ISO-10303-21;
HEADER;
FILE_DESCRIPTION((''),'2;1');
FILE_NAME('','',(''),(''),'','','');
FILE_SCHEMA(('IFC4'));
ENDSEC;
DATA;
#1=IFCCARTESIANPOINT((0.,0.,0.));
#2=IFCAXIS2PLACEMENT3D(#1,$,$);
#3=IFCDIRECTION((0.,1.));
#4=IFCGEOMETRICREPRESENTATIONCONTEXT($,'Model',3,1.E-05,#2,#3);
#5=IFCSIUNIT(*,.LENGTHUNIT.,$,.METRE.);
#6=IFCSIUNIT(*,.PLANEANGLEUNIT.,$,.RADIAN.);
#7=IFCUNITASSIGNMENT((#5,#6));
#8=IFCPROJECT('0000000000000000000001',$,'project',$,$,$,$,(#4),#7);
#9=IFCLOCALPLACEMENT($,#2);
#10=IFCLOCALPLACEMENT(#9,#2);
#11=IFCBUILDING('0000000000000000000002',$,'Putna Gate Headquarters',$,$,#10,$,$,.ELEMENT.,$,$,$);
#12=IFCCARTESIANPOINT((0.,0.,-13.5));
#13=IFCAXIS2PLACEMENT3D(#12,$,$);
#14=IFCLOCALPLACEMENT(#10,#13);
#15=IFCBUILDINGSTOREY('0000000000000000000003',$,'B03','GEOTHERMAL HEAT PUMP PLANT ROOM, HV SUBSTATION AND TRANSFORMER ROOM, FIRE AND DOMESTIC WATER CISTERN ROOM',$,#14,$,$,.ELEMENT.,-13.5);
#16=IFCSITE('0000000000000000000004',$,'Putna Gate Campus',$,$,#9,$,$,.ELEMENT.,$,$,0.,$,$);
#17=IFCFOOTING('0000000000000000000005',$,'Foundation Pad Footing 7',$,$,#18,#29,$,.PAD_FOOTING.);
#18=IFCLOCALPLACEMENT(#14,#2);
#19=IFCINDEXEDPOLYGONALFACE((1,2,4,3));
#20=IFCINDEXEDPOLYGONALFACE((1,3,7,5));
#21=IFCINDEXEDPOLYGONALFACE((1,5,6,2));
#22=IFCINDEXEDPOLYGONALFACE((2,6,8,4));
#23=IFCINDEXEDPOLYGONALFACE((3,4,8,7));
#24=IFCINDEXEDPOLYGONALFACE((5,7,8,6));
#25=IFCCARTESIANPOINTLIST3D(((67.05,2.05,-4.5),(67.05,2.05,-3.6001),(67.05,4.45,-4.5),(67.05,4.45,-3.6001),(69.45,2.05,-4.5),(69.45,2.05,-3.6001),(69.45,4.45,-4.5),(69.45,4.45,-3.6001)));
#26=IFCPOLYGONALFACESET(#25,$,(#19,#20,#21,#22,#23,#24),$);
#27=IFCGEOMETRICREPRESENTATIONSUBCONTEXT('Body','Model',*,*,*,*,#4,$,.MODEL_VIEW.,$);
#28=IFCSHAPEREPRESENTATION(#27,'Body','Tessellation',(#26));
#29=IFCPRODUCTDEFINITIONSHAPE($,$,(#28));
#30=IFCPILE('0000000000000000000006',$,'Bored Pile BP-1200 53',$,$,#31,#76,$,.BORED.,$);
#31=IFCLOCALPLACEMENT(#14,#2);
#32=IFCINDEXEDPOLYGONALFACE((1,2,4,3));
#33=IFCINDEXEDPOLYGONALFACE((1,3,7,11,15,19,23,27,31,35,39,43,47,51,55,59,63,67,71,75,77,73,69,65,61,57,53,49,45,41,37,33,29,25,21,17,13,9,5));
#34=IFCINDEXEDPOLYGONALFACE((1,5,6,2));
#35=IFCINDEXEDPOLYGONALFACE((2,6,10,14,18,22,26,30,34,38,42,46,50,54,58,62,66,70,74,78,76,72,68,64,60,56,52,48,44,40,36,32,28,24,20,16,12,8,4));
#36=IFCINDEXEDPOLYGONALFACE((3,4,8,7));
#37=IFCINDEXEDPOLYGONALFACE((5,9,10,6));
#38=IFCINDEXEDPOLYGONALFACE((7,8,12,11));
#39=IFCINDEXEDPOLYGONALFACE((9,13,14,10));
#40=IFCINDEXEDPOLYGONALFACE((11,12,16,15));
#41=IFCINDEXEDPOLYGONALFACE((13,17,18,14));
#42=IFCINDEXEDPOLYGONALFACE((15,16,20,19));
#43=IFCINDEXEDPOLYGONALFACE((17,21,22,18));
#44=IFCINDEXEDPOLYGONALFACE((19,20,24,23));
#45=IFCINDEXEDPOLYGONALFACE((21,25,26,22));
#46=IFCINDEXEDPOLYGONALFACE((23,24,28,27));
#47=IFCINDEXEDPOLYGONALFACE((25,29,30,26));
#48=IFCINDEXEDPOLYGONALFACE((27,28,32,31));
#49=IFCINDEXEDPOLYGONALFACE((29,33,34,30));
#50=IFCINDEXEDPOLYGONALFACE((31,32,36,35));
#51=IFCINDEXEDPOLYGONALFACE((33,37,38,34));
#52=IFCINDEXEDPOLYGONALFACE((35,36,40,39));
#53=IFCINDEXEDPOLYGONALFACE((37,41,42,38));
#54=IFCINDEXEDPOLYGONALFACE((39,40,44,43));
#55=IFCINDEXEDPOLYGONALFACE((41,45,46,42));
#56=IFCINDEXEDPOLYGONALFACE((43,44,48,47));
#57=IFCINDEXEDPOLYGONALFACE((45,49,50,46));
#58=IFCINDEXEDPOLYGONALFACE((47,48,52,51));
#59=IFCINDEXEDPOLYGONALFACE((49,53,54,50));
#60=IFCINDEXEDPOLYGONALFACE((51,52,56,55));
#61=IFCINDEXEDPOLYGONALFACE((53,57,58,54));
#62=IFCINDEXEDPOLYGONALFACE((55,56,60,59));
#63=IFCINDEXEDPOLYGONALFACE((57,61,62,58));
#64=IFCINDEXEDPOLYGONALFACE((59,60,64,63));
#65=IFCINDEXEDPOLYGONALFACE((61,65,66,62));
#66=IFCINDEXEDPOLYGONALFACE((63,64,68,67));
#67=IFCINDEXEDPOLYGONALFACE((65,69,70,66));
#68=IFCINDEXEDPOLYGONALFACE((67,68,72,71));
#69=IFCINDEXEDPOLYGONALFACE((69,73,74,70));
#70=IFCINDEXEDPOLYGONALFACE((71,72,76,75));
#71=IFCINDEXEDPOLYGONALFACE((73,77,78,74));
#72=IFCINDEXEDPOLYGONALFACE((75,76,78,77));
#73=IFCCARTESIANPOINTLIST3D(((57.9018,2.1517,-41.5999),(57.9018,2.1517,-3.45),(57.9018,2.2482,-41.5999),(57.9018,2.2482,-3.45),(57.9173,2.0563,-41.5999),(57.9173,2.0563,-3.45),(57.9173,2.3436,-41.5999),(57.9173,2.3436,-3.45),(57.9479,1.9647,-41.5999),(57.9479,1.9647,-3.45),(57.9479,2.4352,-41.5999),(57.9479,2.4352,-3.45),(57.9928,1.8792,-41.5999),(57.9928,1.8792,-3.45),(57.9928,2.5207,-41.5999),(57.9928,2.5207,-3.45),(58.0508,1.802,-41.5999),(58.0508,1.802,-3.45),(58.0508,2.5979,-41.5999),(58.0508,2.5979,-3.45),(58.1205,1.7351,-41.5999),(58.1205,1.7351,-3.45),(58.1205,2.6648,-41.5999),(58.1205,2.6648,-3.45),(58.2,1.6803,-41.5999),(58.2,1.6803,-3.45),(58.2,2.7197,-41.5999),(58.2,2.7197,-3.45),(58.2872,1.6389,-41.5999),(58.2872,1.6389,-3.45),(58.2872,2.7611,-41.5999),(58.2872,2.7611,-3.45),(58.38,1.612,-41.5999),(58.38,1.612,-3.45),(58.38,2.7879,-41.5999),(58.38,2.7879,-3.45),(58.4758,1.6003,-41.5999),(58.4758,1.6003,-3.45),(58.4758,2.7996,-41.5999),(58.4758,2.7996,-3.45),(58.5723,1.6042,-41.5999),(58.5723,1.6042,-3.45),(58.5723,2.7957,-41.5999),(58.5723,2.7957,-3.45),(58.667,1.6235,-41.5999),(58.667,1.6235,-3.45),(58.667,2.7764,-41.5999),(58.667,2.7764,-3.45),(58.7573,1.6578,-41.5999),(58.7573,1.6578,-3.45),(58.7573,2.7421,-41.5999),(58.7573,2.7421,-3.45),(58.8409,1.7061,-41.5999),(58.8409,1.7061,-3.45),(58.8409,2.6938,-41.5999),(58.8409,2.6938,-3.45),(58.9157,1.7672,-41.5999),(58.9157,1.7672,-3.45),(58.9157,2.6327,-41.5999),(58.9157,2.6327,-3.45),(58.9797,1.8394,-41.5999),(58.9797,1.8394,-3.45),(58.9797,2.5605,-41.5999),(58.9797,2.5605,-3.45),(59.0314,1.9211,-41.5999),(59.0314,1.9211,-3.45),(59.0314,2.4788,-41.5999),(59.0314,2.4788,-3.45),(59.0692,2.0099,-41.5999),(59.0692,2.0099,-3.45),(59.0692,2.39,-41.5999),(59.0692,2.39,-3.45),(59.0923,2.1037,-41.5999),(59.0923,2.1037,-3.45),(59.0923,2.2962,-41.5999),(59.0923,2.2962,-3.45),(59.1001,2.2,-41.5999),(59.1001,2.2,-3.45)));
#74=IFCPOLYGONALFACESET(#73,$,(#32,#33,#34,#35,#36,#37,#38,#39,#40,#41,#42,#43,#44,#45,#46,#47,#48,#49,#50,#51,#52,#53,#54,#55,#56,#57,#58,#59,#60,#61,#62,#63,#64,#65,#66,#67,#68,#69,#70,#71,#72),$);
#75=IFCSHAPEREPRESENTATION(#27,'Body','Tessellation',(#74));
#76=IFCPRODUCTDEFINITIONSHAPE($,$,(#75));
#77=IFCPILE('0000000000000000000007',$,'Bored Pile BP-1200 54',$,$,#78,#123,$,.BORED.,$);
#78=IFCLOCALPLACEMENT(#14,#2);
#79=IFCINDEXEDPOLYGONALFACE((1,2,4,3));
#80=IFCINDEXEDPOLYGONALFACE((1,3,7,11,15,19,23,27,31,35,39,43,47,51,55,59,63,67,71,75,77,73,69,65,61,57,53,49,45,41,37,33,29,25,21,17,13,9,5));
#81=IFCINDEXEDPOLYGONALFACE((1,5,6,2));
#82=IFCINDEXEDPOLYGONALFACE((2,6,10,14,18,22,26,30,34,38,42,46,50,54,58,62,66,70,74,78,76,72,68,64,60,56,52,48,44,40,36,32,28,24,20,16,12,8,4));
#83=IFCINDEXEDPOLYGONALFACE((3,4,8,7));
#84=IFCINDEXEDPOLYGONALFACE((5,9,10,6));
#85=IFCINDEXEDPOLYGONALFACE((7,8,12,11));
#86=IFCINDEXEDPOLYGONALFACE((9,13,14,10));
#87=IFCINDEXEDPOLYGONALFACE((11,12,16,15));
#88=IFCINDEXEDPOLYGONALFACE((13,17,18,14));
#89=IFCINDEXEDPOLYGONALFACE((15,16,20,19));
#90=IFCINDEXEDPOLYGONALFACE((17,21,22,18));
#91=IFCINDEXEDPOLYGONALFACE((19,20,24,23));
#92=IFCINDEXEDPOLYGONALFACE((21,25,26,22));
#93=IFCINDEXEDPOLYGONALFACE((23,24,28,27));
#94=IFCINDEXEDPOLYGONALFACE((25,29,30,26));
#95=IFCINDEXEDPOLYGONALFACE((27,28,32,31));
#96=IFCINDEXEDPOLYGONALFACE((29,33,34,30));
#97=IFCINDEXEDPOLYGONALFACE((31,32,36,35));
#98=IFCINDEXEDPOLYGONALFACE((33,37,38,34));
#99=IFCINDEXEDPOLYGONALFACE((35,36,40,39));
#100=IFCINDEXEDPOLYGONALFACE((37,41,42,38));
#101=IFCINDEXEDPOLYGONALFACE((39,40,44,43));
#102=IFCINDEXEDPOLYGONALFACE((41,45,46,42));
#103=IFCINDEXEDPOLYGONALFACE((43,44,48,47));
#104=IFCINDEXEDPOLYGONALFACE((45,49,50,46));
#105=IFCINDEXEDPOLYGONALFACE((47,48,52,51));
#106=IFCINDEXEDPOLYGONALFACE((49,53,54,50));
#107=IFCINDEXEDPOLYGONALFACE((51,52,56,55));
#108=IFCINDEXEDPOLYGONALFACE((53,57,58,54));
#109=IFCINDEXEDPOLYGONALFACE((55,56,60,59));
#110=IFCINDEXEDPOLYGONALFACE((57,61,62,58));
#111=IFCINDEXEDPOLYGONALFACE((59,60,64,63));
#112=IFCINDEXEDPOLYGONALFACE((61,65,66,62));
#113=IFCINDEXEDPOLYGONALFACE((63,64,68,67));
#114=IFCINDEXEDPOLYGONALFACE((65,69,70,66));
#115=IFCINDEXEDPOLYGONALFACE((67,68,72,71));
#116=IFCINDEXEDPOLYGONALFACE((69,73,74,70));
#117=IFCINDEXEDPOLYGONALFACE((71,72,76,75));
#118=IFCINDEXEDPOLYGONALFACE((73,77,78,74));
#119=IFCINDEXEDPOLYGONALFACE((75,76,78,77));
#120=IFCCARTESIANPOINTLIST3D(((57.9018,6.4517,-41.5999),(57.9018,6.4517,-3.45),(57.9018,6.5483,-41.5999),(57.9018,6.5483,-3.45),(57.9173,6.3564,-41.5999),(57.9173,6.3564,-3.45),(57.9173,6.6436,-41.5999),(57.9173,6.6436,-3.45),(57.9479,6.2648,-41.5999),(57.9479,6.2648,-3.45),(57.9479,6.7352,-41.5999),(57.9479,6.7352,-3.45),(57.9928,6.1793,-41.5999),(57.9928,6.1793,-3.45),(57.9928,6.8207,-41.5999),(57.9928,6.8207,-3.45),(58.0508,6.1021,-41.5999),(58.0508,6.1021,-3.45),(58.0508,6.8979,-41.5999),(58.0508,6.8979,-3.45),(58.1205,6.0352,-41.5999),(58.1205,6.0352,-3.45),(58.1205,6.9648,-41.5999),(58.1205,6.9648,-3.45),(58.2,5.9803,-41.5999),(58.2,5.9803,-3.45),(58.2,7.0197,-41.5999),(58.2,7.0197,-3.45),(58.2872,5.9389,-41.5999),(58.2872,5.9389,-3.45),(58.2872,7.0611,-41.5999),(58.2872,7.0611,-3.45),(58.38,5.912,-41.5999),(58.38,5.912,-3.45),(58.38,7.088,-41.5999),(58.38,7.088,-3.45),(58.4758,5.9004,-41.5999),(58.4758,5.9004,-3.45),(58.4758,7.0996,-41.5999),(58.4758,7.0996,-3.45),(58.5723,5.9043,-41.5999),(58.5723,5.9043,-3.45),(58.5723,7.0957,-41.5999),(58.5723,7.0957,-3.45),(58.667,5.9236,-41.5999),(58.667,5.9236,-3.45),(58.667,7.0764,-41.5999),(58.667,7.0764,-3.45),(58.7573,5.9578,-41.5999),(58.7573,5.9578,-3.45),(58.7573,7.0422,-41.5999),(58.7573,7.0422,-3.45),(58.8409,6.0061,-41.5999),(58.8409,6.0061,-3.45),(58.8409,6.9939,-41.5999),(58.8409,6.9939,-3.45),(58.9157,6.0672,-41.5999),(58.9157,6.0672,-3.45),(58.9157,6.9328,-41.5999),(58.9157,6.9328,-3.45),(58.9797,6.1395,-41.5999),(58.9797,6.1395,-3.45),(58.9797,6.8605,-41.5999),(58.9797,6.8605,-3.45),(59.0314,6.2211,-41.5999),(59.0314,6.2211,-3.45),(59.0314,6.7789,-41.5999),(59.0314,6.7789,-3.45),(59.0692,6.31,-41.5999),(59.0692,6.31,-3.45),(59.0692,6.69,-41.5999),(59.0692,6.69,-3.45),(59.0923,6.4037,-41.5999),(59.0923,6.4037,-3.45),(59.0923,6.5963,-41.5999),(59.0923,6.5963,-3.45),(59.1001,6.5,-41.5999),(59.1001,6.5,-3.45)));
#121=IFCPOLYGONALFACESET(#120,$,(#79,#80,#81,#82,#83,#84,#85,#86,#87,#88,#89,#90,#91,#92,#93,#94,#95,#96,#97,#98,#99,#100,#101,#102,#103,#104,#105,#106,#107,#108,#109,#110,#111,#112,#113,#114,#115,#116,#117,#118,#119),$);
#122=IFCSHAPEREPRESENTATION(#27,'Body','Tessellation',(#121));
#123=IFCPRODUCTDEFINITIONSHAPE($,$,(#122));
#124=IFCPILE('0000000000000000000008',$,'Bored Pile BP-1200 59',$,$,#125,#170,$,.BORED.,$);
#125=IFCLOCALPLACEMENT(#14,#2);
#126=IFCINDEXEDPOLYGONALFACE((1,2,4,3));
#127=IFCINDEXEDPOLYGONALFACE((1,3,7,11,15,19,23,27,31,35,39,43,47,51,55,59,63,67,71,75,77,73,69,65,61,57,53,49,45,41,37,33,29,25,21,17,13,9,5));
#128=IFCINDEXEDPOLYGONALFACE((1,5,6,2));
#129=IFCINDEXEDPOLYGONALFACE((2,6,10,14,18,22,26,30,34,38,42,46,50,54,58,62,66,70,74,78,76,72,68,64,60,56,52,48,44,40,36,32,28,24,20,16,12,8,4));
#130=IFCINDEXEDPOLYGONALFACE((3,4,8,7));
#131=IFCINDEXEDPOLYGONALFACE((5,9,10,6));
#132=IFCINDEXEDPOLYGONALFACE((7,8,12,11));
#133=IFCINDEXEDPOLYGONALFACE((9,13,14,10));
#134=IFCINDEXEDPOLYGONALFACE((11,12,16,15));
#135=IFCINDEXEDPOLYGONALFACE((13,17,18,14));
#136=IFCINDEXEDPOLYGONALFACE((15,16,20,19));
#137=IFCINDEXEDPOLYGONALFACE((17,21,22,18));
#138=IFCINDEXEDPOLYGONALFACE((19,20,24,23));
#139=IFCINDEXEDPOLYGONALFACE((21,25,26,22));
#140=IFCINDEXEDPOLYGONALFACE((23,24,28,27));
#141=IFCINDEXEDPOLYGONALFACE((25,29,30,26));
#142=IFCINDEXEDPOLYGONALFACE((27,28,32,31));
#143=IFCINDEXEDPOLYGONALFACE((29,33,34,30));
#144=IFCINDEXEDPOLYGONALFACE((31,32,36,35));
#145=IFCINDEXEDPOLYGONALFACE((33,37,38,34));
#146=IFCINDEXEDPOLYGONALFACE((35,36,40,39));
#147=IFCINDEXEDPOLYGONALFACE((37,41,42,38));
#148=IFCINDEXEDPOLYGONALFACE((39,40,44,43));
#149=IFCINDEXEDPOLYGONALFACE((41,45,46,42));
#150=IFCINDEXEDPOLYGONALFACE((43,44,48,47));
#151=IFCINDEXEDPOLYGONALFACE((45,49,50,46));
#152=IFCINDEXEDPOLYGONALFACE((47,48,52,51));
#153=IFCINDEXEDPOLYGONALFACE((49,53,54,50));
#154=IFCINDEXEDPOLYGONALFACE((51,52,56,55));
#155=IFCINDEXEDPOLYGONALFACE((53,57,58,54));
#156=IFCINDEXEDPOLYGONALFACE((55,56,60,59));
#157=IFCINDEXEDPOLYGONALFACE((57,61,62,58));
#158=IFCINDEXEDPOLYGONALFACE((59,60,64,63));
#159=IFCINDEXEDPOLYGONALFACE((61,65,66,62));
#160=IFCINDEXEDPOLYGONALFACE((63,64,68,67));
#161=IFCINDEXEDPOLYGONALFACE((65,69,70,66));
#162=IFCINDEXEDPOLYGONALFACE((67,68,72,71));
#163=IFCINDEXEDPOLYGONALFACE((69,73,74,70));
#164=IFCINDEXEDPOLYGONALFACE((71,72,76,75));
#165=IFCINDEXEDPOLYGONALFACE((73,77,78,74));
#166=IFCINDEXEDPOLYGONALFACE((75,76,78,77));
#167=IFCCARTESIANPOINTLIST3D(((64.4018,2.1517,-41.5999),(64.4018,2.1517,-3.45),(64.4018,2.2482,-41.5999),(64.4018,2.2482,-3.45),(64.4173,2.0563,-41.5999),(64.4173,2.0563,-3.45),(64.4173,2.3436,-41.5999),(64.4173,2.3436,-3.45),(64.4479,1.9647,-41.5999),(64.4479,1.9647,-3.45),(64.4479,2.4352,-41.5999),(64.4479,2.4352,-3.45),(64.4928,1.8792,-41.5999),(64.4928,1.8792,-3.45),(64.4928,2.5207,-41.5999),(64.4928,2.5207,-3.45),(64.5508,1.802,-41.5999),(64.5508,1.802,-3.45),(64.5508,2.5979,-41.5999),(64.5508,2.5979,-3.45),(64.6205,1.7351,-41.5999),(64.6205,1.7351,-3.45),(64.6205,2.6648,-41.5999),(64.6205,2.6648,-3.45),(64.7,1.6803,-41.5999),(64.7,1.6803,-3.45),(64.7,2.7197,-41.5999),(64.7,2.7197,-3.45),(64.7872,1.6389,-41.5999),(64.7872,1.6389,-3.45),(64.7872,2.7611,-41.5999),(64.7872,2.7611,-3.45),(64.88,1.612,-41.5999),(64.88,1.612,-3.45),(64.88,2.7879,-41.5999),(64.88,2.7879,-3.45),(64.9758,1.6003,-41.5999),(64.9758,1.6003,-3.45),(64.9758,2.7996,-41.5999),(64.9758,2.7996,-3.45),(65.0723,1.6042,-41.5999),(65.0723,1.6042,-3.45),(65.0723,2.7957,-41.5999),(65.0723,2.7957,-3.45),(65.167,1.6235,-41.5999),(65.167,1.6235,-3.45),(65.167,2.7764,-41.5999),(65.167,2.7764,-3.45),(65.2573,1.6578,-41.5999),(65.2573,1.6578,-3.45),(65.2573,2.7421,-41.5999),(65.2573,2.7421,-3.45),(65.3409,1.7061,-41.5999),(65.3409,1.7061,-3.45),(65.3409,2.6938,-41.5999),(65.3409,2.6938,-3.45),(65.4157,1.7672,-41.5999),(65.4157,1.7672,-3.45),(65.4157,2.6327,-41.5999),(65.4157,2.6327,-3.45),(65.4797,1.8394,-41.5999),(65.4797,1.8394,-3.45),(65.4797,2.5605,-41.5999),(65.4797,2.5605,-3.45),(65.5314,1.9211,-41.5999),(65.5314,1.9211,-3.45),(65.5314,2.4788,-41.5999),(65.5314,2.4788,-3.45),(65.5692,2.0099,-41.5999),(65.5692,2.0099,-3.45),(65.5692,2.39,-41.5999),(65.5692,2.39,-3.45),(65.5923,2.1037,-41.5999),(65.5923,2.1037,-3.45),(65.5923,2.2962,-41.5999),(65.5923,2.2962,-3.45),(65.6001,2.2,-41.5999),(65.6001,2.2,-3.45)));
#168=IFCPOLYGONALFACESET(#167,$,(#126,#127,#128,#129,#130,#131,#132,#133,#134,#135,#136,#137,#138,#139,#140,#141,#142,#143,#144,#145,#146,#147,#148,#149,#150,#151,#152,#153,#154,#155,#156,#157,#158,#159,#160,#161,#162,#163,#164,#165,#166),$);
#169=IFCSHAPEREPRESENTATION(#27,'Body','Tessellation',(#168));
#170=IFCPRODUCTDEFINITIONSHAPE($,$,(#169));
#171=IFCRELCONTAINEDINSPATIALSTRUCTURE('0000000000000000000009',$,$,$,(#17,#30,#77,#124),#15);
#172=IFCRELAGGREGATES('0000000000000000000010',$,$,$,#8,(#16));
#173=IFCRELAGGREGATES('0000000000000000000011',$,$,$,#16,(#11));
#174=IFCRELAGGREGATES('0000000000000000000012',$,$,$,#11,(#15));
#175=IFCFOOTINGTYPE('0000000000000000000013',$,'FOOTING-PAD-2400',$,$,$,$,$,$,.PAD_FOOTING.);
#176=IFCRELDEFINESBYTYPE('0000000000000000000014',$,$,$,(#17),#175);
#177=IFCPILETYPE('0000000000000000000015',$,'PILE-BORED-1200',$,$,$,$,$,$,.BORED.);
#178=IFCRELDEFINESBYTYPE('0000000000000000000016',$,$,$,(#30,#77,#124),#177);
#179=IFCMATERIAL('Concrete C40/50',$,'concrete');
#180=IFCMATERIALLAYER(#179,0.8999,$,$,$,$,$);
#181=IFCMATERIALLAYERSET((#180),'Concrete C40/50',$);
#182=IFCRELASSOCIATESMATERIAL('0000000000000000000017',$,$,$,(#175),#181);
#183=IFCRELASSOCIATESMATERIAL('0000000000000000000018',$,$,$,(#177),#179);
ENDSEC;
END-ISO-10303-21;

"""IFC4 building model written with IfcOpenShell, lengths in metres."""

from ifc_helpers import new_model, si_unit, direction, frame, origin, origin_2d, place, context, subcontext, project, spatial, rectangle, circle, extrude, material, layer, layer_set, material_profile, profile_set, type_object, element, save


model = new_model("IFC4")

# Units and contexts
model_context = context("Model", 3, precision=1e-05, world=origin(), true_north=direction((0.0, 1.0)))
body_context = subcontext(model_context, "Body", "Model", "MODEL_VIEW")
ifc_project = project(units=[si_unit("LENGTHUNIT", "METRE"), si_unit("PLANEANGLEUNIT", "RADIAN")], contexts=[model_context])

# Site, building, storey
site_placement = place(None, origin())
site = spatial("IfcSite", under=ifc_project, at=site_placement, Name="Putna Gate Campus", CompositionType="ELEMENT", RefElevation=0.0)
building_placement = place(site_placement, origin())
building = spatial("IfcBuilding", under=site, at=building_placement, Name="Putna Gate Headquarters", CompositionType="ELEMENT")
storey_placement = place(building_placement, frame((0.0, 0.0, -13.5)))
storey = spatial("IfcBuildingStorey", under=building, at=storey_placement, Name="B03", Description="GEOTHERMAL HEAT PUMP PLANT ROOM, HV SUBSTATION AND TRANSFORMER ROOM, FIRE AND DOMESTIC WATER CISTERN ROOM", CompositionType="ELEMENT", Elevation=-13.5)

# Footing
ifc_material_1 = material(Name="Concrete C40/50", Category="concrete")
ifc_layer_1 = layer(ifc_material_1, 0.8999)
ifc_layer_set_1 = layer_set([ifc_layer_1], Name="Concrete C40/50")
footing_type = type_object("IfcFootingType", Name="FOOTING-PAD-2400", PredefinedType="PAD_FOOTING", material=ifc_layer_set_1)
footing_placement = place(storey_placement, frame((68.25, 3.25, -4.5), z_axis=(0.0, 0.0, 1.0), x_axis=(1.0, 0.0, 0.0)))
element("IfcFooting", 1, at=footing_placement, inside=storey, type_object=footing_type, Name="Foundation Pad Footing 7", PredefinedType="PAD_FOOTING", context=body_context, shape_type="SweptSolid", body=[
    extrude(rectangle(XDim=2.3999, YDim=2.3999, at=origin_2d()), origin(), (0.0, 0.0, 1.0), 0.8999),
])

# Piles
ifc_material_profile_1 = material_profile(ifc_material_1, circle(Radius=0.6001, at=origin_2d()), Name="Concrete C40/50")
ifc_profile_set_1 = profile_set([ifc_material_profile_1], Name="Concrete C40/50")
pile_type = type_object("IfcPileType", Name="PILE-BORED-1200", PredefinedType="BORED", material=ifc_profile_set_1)
for number, where, z_axis, x_axis, name in (
    (2, (58.5, 2.2, -3.45), (0.0, 0.0, -1.0), (1.0, 0.0, 0.0), "Bored Pile BP-1200 53"),
    (3, (58.5, 6.5, -3.45), (0.0, 0.0, -1.0), (1.0, 0.0, 0.0), "Bored Pile BP-1200 54"),
    (4, (65.0, 2.2, -3.45), (0.0, 0.0, -1.0), (1.0, 0.0, 0.0), "Bored Pile BP-1200 59"),
):
    element("IfcPile", number, at=place(storey_placement, frame(where, z_axis=z_axis, x_axis=x_axis)), inside=storey, type_object=pile_type, Name=name, PredefinedType="BORED", context=body_context, shape_type="SweptSolid", body=[
        extrude(circle(Radius=0.6001, at=origin_2d()), origin(), (0.0, 0.0, 1.0), 38.1499),
    ])

save(model, "model.ifc")
